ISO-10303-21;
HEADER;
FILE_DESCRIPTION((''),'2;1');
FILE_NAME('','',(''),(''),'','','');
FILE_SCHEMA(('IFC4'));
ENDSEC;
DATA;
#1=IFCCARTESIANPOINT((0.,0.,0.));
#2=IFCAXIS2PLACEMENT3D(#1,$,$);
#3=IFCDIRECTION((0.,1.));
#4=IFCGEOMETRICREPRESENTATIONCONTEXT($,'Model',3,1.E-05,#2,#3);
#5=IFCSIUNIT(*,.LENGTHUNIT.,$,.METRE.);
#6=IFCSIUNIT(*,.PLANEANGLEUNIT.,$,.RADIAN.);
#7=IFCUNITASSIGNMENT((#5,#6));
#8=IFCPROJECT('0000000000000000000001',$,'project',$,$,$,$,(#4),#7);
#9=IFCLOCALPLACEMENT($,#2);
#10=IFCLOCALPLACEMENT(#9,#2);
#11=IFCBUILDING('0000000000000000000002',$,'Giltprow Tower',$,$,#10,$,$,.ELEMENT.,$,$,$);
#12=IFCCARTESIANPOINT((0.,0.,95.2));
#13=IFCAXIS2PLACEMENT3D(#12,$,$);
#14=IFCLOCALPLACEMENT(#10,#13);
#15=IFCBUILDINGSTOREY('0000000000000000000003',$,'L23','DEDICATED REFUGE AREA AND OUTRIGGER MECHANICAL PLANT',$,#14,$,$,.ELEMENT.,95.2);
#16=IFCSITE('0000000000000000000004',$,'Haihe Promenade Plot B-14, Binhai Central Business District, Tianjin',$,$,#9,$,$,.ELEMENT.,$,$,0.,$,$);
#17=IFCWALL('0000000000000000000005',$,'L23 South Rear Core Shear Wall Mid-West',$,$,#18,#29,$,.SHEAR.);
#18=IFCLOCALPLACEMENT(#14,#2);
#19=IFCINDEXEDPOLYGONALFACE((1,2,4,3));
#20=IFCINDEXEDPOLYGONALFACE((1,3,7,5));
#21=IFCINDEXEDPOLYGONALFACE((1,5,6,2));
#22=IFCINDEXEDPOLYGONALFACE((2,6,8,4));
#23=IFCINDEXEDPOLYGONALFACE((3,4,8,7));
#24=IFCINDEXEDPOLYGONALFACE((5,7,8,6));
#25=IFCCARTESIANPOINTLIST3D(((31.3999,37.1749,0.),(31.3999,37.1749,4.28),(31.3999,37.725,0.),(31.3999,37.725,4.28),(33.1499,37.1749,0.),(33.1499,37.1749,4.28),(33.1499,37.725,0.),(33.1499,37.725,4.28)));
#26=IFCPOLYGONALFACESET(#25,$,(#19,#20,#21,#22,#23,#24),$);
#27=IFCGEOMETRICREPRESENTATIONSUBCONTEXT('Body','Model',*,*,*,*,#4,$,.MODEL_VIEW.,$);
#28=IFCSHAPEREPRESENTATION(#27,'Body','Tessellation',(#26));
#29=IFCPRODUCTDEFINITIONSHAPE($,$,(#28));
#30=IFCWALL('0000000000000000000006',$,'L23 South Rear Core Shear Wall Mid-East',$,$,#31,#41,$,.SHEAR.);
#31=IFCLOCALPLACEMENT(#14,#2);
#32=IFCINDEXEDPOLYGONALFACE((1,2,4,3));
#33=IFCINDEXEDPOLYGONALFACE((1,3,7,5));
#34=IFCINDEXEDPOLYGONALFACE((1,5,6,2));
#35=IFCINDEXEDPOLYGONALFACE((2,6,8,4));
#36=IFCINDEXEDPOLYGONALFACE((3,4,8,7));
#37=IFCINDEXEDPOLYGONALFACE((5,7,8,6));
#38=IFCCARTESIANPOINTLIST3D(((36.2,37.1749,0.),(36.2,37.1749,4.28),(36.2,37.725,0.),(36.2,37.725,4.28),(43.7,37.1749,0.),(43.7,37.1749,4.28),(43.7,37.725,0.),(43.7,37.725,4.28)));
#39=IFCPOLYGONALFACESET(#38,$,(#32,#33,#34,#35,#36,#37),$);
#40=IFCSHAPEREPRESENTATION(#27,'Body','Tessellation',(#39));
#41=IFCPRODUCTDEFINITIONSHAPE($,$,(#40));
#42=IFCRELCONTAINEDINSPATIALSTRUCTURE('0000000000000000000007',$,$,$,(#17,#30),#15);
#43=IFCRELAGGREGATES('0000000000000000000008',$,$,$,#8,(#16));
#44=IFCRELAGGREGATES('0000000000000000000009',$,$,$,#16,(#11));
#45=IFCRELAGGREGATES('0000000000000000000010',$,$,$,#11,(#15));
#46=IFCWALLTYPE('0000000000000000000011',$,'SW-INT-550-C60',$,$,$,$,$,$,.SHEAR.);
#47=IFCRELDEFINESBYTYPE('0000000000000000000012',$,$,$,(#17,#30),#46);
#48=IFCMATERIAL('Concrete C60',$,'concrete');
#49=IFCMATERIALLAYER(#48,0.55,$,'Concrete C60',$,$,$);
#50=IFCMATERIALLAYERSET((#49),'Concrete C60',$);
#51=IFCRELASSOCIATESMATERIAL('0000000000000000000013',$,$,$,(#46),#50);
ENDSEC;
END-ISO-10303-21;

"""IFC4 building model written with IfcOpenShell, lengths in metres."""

from ifc_helpers import new_model, si_unit, direction, frame, frame_2d, origin, place, context, subcontext, project, spatial, rectangle, extrude, material, layer, layer_set, type_object, element, save


model = new_model("IFC4")

# Units and contexts
model_context = context("Model", 3, precision=1e-05, world=origin(), true_north=direction((0.0, 1.0)))
body_context = subcontext(model_context, "Body", "Model", "MODEL_VIEW")
ifc_project = project(units=[si_unit("LENGTHUNIT", "METRE"), si_unit("PLANEANGLEUNIT", "RADIAN")], contexts=[model_context])

# Site, building, storey
site_placement = place(None, origin())
site = spatial("IfcSite", under=ifc_project, at=site_placement, Name="Haihe Promenade Plot B-14, Binhai Central Business District, Tianjin", CompositionType="ELEMENT", RefElevation=0.0)
building_placement = place(site_placement, origin())
building = spatial("IfcBuilding", under=site, at=building_placement, Name="Giltprow Tower", CompositionType="ELEMENT")
storey_placement = place(building_placement, frame((0.0, 0.0, 95.2)))
storey = spatial("IfcBuildingStorey", under=building, at=storey_placement, Name="L23", Description="DEDICATED REFUGE AREA AND OUTRIGGER MECHANICAL PLANT", CompositionType="ELEMENT", Elevation=95.2)

# Shared definitions
ifc_material_1 = material(Name="Concrete C60", Category="concrete")

# Walls
ifc_layer_1 = layer(ifc_material_1, 0.55, Name="Concrete C60")
ifc_layer_set_1 = layer_set([ifc_layer_1], Name="Concrete C60")
wall_type_1 = type_object("IfcWallType", Name="SW-INT-550-C60", PredefinedType="SHEAR", material=ifc_layer_set_1)
wall_1_placement = place(storey_placement, frame((31.3999, 37.45, 0.0), z_axis=(0.0, 0.0, 1.0), x_axis=(1.0, 0.0, 0.0)))
element("IfcWall", 1, at=wall_1_placement, inside=storey, type_object=wall_type_1, Name="L23 South Rear Core Shear Wall Mid-West", PredefinedType="SHEAR", context=body_context, shape_type="SweptSolid", body=[
    extrude(rectangle(XDim=1.75, YDim=0.55, at=frame_2d((0.875, 0.0))), origin(), (0.0, 0.0, 1.0), 4.28),
])
wall_2_placement = place(storey_placement, frame((36.2, 37.45, 0.0), z_axis=(0.0, 0.0, 1.0), x_axis=(1.0, 0.0, 0.0)))
element("IfcWall", 2, at=wall_2_placement, inside=storey, type_object=wall_type_1, Name="L23 South Rear Core Shear Wall Mid-East", PredefinedType="SHEAR", context=body_context, shape_type="SweptSolid", body=[
    extrude(rectangle(XDim=7.5, YDim=0.55, at=frame_2d((3.75, 0.0))), origin(), (0.0, 0.0, 1.0), 4.28),
])

save(model, "model.ifc")
